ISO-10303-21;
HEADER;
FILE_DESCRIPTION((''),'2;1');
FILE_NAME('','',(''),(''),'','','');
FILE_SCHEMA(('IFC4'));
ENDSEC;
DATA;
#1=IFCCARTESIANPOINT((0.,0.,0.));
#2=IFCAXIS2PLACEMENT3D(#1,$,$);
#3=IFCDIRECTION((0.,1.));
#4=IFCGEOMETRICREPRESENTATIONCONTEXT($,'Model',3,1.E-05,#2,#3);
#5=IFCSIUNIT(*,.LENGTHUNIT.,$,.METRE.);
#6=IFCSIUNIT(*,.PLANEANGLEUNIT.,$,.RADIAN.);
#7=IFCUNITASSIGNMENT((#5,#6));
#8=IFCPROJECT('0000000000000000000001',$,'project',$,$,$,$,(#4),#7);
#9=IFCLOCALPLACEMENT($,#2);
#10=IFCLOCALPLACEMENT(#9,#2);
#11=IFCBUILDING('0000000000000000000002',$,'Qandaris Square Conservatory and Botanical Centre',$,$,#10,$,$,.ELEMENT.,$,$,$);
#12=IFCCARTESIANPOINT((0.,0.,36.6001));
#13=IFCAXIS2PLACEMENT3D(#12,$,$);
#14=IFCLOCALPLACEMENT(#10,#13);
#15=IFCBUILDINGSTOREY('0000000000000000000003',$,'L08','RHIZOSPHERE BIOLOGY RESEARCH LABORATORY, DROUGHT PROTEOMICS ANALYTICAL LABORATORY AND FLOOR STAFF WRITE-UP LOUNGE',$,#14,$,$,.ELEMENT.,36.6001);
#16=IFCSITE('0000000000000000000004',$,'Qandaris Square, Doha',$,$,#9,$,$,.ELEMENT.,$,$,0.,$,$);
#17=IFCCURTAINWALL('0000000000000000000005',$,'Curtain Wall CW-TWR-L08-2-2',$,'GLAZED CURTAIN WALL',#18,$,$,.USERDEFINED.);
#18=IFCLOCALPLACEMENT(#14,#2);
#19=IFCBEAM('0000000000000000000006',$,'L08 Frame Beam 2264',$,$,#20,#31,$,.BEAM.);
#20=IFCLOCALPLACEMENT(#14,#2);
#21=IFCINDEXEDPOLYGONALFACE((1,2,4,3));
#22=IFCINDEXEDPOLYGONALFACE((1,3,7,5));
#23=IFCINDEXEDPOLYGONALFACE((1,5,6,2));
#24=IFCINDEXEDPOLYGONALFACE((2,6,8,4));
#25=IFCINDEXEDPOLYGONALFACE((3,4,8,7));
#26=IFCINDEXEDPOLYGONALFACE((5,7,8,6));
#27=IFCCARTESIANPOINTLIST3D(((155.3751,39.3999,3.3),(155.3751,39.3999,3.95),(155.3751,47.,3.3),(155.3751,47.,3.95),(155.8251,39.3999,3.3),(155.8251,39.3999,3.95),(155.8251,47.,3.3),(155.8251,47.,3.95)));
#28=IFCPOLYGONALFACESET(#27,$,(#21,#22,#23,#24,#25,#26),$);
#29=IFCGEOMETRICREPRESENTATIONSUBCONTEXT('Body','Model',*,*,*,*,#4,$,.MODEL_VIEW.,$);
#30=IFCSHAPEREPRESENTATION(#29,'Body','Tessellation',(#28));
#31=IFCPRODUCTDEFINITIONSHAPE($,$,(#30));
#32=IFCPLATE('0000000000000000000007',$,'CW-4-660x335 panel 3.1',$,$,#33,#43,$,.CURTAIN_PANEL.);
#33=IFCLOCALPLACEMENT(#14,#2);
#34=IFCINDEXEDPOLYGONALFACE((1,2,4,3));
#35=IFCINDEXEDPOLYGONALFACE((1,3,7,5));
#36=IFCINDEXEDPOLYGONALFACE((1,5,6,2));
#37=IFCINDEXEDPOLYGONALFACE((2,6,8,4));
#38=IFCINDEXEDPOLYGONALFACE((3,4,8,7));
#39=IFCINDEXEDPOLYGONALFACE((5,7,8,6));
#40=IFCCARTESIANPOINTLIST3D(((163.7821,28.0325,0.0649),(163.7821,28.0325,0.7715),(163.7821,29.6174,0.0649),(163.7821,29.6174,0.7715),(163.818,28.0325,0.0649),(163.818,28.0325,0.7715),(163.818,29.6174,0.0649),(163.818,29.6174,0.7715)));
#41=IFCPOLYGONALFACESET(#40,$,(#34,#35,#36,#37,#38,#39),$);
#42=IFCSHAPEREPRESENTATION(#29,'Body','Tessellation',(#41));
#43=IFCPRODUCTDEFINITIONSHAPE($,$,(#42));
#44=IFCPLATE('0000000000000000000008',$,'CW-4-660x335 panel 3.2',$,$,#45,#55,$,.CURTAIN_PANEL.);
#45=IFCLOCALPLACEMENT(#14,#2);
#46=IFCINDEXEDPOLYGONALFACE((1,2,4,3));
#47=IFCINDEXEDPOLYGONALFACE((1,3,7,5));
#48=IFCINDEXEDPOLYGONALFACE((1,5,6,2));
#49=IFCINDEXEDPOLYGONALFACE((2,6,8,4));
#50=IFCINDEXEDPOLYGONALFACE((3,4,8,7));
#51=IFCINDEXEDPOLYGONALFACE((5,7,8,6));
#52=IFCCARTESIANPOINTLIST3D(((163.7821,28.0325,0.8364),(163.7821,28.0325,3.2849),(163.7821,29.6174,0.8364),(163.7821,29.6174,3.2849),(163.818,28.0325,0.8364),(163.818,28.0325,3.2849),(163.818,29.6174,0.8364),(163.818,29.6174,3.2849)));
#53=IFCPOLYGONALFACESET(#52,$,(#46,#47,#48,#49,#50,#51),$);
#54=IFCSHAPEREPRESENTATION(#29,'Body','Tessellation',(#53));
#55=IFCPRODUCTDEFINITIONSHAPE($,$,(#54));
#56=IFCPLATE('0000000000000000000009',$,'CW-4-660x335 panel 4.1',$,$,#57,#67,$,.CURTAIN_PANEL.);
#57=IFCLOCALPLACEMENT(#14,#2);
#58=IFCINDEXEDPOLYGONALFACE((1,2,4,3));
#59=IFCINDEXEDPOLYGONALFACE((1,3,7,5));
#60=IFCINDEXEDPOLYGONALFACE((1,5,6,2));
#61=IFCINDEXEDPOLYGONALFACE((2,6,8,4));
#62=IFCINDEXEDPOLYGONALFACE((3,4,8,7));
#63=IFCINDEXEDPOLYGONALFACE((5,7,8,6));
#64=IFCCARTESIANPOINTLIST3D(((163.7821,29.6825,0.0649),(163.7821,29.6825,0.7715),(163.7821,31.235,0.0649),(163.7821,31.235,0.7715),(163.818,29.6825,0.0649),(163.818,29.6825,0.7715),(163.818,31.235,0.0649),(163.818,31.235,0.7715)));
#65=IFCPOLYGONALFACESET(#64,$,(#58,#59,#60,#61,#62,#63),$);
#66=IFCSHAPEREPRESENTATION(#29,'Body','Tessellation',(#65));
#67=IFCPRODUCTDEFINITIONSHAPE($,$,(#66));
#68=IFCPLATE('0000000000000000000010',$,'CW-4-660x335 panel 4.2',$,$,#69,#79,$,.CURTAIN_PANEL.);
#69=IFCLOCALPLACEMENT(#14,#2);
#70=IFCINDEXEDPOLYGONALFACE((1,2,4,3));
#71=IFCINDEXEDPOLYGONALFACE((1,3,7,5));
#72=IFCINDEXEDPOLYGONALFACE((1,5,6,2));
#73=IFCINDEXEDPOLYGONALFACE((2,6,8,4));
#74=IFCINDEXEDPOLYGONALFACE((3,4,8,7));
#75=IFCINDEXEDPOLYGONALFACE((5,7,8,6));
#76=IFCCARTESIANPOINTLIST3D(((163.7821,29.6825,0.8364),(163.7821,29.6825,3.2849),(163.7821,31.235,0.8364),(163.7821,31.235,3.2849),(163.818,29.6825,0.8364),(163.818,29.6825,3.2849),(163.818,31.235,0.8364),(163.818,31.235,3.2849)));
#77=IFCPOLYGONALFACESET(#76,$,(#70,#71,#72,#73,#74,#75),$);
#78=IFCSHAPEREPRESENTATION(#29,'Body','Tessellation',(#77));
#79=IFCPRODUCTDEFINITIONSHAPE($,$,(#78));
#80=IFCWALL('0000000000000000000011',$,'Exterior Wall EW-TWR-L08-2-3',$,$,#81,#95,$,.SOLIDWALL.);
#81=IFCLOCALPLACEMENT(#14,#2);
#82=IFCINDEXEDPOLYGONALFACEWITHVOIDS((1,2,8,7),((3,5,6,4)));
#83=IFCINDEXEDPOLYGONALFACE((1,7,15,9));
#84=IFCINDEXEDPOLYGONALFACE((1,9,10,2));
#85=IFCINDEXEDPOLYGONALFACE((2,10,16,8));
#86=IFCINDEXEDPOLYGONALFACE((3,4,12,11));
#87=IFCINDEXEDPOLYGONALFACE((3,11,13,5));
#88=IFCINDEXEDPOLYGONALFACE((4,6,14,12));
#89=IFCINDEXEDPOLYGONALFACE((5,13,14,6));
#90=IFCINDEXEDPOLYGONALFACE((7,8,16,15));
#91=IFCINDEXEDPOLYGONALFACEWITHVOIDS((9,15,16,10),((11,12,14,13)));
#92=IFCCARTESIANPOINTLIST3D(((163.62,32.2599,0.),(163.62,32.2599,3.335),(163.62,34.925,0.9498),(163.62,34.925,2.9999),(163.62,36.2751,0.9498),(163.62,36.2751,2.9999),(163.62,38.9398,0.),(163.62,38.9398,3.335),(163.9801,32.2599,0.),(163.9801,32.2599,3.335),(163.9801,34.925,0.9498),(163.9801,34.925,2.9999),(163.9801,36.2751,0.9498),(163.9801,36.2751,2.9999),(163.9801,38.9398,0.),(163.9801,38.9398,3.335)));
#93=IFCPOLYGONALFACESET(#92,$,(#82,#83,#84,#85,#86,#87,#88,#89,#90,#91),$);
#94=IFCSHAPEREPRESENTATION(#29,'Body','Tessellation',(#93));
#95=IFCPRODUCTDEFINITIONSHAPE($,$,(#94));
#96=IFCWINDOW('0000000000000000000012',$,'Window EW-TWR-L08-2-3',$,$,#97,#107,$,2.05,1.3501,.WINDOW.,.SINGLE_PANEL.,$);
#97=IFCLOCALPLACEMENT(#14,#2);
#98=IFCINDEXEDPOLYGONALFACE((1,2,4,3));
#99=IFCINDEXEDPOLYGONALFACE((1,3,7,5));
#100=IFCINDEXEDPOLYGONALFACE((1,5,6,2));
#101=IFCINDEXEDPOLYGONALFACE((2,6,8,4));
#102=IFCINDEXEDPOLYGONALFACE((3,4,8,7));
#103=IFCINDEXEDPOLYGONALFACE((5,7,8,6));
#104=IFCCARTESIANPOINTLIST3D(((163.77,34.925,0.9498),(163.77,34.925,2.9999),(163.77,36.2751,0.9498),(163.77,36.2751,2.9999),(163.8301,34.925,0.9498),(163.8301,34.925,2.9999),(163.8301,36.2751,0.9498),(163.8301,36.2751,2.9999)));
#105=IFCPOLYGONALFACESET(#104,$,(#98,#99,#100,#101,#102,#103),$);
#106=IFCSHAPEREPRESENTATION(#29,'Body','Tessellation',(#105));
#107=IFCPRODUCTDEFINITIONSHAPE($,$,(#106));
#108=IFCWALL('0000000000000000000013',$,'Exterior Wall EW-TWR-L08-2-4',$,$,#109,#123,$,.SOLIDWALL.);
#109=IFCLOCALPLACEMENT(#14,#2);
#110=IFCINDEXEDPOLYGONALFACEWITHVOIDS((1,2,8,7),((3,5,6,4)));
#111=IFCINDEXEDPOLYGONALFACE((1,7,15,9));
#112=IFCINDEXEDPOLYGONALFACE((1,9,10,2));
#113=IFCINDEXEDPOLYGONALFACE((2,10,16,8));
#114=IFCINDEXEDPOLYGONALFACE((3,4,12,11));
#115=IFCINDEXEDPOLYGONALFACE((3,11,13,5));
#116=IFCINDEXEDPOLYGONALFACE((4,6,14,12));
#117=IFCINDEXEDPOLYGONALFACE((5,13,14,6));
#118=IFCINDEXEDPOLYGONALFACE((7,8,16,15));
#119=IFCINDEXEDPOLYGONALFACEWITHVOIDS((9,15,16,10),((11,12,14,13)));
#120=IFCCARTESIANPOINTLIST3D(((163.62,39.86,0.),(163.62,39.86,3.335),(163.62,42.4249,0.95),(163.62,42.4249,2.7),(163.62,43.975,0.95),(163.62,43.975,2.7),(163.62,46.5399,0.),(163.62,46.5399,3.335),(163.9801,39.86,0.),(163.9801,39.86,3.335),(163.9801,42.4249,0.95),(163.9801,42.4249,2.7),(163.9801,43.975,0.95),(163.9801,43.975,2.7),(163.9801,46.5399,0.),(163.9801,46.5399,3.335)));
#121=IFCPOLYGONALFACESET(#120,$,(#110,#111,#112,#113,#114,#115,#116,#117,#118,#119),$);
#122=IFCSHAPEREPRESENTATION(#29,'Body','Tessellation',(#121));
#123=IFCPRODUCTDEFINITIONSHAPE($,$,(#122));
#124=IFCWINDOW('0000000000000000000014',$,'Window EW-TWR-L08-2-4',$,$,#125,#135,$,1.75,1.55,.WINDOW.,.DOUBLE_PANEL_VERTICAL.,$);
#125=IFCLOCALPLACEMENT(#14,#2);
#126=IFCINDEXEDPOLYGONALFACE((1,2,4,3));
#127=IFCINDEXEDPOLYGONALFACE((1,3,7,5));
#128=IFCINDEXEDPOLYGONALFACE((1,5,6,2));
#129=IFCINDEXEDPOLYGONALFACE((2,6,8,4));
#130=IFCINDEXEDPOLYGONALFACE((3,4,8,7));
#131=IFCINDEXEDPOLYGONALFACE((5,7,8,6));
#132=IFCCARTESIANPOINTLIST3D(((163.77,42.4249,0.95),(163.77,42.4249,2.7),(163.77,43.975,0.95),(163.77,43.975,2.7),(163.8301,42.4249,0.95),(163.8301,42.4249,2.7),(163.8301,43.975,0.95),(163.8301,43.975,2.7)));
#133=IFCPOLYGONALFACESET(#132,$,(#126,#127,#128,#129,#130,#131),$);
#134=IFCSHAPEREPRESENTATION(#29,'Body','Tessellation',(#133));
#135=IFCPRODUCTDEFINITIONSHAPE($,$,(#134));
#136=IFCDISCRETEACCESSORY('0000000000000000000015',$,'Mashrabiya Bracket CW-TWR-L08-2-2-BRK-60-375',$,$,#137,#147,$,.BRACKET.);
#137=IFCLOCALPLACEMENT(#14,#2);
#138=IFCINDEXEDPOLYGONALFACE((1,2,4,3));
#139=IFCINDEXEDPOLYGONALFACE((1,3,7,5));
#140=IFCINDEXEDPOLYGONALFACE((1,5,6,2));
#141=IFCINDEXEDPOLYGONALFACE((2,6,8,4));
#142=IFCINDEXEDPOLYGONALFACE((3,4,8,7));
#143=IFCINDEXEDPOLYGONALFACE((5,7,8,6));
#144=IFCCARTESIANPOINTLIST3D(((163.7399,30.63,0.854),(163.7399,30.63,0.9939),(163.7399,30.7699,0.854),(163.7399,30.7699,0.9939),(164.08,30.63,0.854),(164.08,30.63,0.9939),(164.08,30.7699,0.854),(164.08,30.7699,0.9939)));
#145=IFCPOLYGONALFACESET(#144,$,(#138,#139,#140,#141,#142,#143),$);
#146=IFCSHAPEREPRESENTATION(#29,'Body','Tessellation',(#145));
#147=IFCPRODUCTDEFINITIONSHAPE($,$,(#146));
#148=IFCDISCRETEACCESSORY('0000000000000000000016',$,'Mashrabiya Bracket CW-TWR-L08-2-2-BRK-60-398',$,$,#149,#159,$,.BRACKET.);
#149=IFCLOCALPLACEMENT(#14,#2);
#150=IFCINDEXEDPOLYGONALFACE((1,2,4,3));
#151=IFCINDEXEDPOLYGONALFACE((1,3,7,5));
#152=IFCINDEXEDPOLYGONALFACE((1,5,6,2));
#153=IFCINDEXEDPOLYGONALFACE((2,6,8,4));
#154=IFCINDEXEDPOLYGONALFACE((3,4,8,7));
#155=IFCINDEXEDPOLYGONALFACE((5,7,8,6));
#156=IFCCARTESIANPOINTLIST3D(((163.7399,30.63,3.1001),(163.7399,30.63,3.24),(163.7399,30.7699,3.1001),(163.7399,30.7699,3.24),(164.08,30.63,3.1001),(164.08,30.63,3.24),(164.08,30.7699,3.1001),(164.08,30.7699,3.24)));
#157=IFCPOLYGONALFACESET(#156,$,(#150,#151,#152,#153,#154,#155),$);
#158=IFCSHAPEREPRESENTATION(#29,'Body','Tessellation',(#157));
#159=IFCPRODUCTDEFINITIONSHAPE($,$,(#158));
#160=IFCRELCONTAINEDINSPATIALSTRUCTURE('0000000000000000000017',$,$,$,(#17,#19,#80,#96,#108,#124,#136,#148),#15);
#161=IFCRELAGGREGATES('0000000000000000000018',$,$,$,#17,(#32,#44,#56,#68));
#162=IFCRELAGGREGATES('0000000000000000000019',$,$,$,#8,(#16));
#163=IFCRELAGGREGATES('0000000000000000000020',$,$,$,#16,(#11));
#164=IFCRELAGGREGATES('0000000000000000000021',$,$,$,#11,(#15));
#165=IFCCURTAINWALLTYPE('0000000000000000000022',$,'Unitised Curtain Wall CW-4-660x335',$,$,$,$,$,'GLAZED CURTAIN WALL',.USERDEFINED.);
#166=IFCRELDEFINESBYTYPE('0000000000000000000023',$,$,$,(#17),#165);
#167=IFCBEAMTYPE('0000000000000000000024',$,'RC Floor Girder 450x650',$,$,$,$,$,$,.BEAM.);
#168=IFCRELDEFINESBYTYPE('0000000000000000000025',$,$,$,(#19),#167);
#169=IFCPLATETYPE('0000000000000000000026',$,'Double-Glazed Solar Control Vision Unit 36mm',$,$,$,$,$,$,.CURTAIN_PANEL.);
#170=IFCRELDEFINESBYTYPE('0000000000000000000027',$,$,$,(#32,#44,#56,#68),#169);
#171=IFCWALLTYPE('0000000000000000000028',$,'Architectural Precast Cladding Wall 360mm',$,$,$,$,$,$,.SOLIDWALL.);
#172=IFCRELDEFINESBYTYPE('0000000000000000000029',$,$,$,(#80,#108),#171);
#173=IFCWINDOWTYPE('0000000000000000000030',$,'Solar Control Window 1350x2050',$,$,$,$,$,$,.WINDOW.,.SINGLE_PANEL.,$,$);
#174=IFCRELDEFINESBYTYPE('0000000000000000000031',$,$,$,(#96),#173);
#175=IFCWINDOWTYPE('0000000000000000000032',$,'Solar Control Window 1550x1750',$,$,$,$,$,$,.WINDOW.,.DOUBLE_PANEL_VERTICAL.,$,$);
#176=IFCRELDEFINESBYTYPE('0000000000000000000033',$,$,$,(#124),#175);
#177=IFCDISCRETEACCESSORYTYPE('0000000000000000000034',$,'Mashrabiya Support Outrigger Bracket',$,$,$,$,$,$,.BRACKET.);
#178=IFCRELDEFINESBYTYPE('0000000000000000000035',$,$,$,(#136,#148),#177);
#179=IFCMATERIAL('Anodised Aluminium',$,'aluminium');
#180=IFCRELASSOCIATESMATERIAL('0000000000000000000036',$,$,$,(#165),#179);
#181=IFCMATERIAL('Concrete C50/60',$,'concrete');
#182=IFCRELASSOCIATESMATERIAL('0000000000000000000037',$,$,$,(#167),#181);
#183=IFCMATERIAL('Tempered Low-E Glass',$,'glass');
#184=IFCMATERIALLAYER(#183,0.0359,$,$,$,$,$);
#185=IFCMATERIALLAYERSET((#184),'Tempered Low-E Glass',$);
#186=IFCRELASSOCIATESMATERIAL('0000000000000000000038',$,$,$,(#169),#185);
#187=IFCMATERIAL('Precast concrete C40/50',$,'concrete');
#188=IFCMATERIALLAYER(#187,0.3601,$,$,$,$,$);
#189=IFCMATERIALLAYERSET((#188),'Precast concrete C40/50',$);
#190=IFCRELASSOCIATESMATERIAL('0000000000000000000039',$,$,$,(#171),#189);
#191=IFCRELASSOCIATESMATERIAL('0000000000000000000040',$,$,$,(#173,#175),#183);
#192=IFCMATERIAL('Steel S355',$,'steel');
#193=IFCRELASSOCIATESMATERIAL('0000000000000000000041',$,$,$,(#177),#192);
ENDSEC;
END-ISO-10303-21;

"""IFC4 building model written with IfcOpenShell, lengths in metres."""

from ifc_helpers import new_model, si_unit, direction, frame, frame_2d, origin, origin_2d, place, context, subcontext, project, spatial, rectangle, extrude, material, layer, layer_set, material_profile, profile_set, type_object, element, fill, aggregate, save


model = new_model("IFC4")

# Units and contexts
model_context = context("Model", 3, precision=1e-05, world=origin(), true_north=direction((0.0, 1.0)))
body_context = subcontext(model_context, "Body", "Model", "MODEL_VIEW")
ifc_project = project(units=[si_unit("LENGTHUNIT", "METRE"), si_unit("PLANEANGLEUNIT", "RADIAN")], contexts=[model_context])

# Site, building, storey
site_placement = place(None, origin())
site = spatial("IfcSite", under=ifc_project, at=site_placement, Name="Qandaris Square, Doha", CompositionType="ELEMENT", RefElevation=0.0)
building_placement = place(site_placement, origin())
building = spatial("IfcBuilding", under=site, at=building_placement, Name="Qandaris Square Conservatory and Botanical Centre", CompositionType="ELEMENT")
storey_placement = place(building_placement, frame((0.0, 0.0, 36.6001)))
storey = spatial("IfcBuildingStorey", under=building, at=storey_placement, Name="L08", Description="RHIZOSPHERE BIOLOGY RESEARCH LABORATORY, DROUGHT PROTEOMICS ANALYTICAL LABORATORY AND FLOOR STAFF WRITE-UP LOUNGE", CompositionType="ELEMENT", Elevation=36.6001)

# Shared definitions
ifc_material_1 = material(Name="Concrete C50/60", Category="concrete")

# Shared definitions
ifc_material_2 = material(Name="Steel S355", Category="steel")

# Curtain wall
ifc_material_3 = material(Name="Anodised Aluminium", Category="aluminium")
curtain_wall_type = type_object("IfcCurtainWallType", Name="Unitised Curtain Wall CW-4-660x335", ElementType="GLAZED CURTAIN WALL", PredefinedType="USERDEFINED", material=ifc_material_3)
curtain_wall_placement = place(storey_placement, origin())
curtain_wall = element("IfcCurtainWall", 1, at=curtain_wall_placement, inside=storey, type_object=curtain_wall_type, Name="Curtain Wall CW-TWR-L08-2-2", ObjectType="GLAZED CURTAIN WALL", PredefinedType="USERDEFINED")

# Beam
ifc_material_profile_1 = material_profile(ifc_material_1, rectangle(XDim=0.45, YDim=0.6499, at=origin_2d()), Name="RC-BM 450x650")
ifc_profile_set_1 = profile_set([ifc_material_profile_1], Name="Concrete C50/60")
beam_type_1 = type_object("IfcBeamType", Name="RC Floor Girder 450x650", PredefinedType="BEAM", material=ifc_profile_set_1)
beam_1_placement = place(storey_placement, frame((155.6001, 39.3999, 3.625), z_axis=(0.0, 1.0, 0.0), x_axis=(-1.0, 0.0, 0.0)))
element("IfcBeam", 2, at=beam_1_placement, inside=storey, type_object=beam_type_1, Name="L08 Frame Beam 2264", PredefinedType="BEAM", context=body_context, shape_type="SweptSolid", body=[
    extrude(rectangle(XDim=0.45, YDim=0.6499, at=origin_2d()), origin(), (0.0, 0.0, 1.0), 7.6001),
])

# Plates
ifc_material_4 = material(Name="Tempered Low-E Glass", Category="glass")
ifc_layer_1 = layer(ifc_material_4, 0.0359)
ifc_layer_set_1 = layer_set([ifc_layer_1], Name="Tempered Low-E Glass")
plate_type = type_object("IfcPlateType", Name="Double-Glazed Solar Control Vision Unit 36mm", PredefinedType="CURTAIN_PANEL", material=ifc_layer_set_1)
plate_1_placement = place(storey_placement, frame((163.8, 28.825, 0.0649), z_axis=(0.0, 0.0, 1.0), x_axis=(0.0, 1.0, 0.0)))
plate_1 = element("IfcPlate", 3, at=plate_1_placement, type_object=plate_type, Name="CW-4-660x335 panel 3.1", PredefinedType="CURTAIN_PANEL", context=body_context, shape_type="SweptSolid", body=[
    extrude(rectangle(XDim=1.585, YDim=0.0359, at=origin_2d()), origin(), (0.0, 0.0, 1.0), 0.7065),
])
plate_2_placement = place(storey_placement, frame((163.8, 28.825, 0.8364), z_axis=(0.0, 0.0, 1.0), x_axis=(0.0, 1.0, 0.0)))
plate_2 = element("IfcPlate", 4, at=plate_2_placement, type_object=plate_type, Name="CW-4-660x335 panel 3.2", PredefinedType="CURTAIN_PANEL", context=body_context, shape_type="SweptSolid", body=[
    extrude(rectangle(XDim=1.585, YDim=0.0359, at=origin_2d()), origin(), (0.0, 0.0, 1.0), 2.4485),
])
plate_3_placement = place(storey_placement, frame((163.8, 30.4587, 0.0649), z_axis=(0.0, 0.0, 1.0), x_axis=(0.0, 1.0, 0.0)))
plate_3 = element("IfcPlate", 5, at=plate_3_placement, type_object=plate_type, Name="CW-4-660x335 panel 4.1", PredefinedType="CURTAIN_PANEL", context=body_context, shape_type="SweptSolid", body=[
    extrude(rectangle(XDim=1.5525, YDim=0.0359, at=origin_2d()), origin(), (0.0, 0.0, 1.0), 0.7065),
])
plate_4_placement = place(storey_placement, frame((163.8, 30.4587, 0.8364), z_axis=(0.0, 0.0, 1.0), x_axis=(0.0, 1.0, 0.0)))
plate_4 = element("IfcPlate", 6, at=plate_4_placement, type_object=plate_type, Name="CW-4-660x335 panel 4.2", PredefinedType="CURTAIN_PANEL", context=body_context, shape_type="SweptSolid", body=[
    extrude(rectangle(XDim=1.5525, YDim=0.0359, at=origin_2d()), origin(), (0.0, 0.0, 1.0), 2.4485),
])
aggregate(curtain_wall, [plate_1, plate_2, plate_3, plate_4])

# Walls, openings, windows
ifc_material_5 = material(Name="Precast concrete C40/50", Category="concrete")
ifc_layer_2 = layer(ifc_material_5, 0.3601)
ifc_layer_set_2 = layer_set([ifc_layer_2], Name="Precast concrete C40/50")
wall_type = type_object("IfcWallType", Name="Architectural Precast Cladding Wall 360mm", PredefinedType="SOLIDWALL", material=ifc_layer_set_2)
wall_1_placement = place(storey_placement, frame((163.8, 32.26, 0.0), z_axis=(0.0, 0.0, 1.0), x_axis=(0.0, 1.0, 0.0)))
wall_1 = element("IfcWall", 7, at=wall_1_placement, inside=storey, type_object=wall_type, Name="Exterior Wall EW-TWR-L08-2-3", PredefinedType="SOLIDWALL", context=body_context, shape_type="SweptSolid", body=[
    extrude(rectangle(XDim=6.6799, YDim=0.3601, at=frame_2d((3.3398, 0.0))), origin(), (0.0, 0.0, 1.0), 3.335),
])
opening_1_placement = place(wall_1_placement, frame((2.665, 0.0, 0.95)))
opening_1 = element("IfcOpeningElement", 8, at=opening_1_placement, cuts=wall_1, PredefinedType="OPENING", context=body_context, shape_type="SweptSolid", body=[
    extrude(rectangle(XDim=1.3501, YDim=2.05, at=frame_2d((0.675, 1.0249))), frame((0.0, 0.1919, 0.0), z_axis=(0.0, -1.0, 0.0), x_axis=(1.0, 0.0, 0.0)), (0.0, 0.0, 1.0), 0.384),
])
window_type_1 = type_object("IfcWindowType", Name="Solar Control Window 1350x2050", PartitioningType="SINGLE_PANEL", PredefinedType="WINDOW", material=ifc_material_4)
window_1_placement = place(opening_1_placement, origin())
window_1 = element("IfcWindow", 9, at=window_1_placement, inside=storey, type_object=window_type_1, Name="Window EW-TWR-L08-2-3", OverallHeight=2.05, OverallWidth=1.3501, PartitioningType="SINGLE_PANEL", PredefinedType="WINDOW", context=body_context, shape_type="SweptSolid", body=[
    extrude(rectangle(XDim=1.3501, YDim=2.05, at=frame_2d((0.675, 1.0249))), frame((0.0, 0.03, 0.0), z_axis=(0.0, -1.0, 0.0), x_axis=(1.0, 0.0, 0.0)), (0.0, 0.0, 1.0), 0.0601),
])
fill(opening_1, window_1)
wall_2_placement = place(storey_placement, frame((163.8, 39.8601, 0.0), z_axis=(0.0, 0.0, 1.0), x_axis=(0.0, 1.0, 0.0)))
wall_2 = element("IfcWall", 10, at=wall_2_placement, inside=storey, type_object=wall_type, Name="Exterior Wall EW-TWR-L08-2-4", PredefinedType="SOLIDWALL", context=body_context, shape_type="SweptSolid", body=[
    extrude(rectangle(XDim=6.6799, YDim=0.3601, at=frame_2d((3.3398, 0.0))), origin(), (0.0, 0.0, 1.0), 3.335),
])
opening_2_placement = place(wall_2_placement, frame((2.5649, 0.0, 0.95)))
opening_2 = element("IfcOpeningElement", 11, at=opening_2_placement, cuts=wall_2, PredefinedType="OPENING", context=body_context, shape_type="SweptSolid", body=[
    extrude(rectangle(XDim=1.55, YDim=1.75, at=frame_2d((0.7749, 0.875))), frame((0.0, 0.1919, 0.0), z_axis=(0.0, -1.0, 0.0), x_axis=(1.0, 0.0, 0.0)), (0.0, 0.0, 1.0), 0.384),
])
window_type_2 = type_object("IfcWindowType", Name="Solar Control Window 1550x1750", PartitioningType="DOUBLE_PANEL_VERTICAL", PredefinedType="WINDOW", material=ifc_material_4)
window_2_placement = place(opening_2_placement, origin())
window_2 = element("IfcWindow", 12, at=window_2_placement, inside=storey, type_object=window_type_2, Name="Window EW-TWR-L08-2-4", OverallHeight=1.75, OverallWidth=1.55, PartitioningType="DOUBLE_PANEL_VERTICAL", PredefinedType="WINDOW", context=body_context, shape_type="SweptSolid", body=[
    extrude(rectangle(XDim=1.55, YDim=1.75, at=frame_2d((0.7749, 0.875))), frame((0.0, 0.03, 0.0), z_axis=(0.0, -1.0, 0.0), x_axis=(1.0, 0.0, 0.0)), (0.0, 0.0, 1.0), 0.0601),
])
fill(opening_2, window_2)

# Discrete accessories
discrete_accessory_type = type_object("IfcDiscreteAccessoryType", Name="Mashrabiya Support Outrigger Bracket", PredefinedType="BRACKET", material=ifc_material_2)
for number, where, z_axis, x_axis, name in (
    (13, (163.9099, 30.7, 0.854), (0.0, 0.0, 1.0), (0.0, 1.0, 0.0), "Mashrabiya Bracket CW-TWR-L08-2-2-BRK-60-375"),
    (14, (163.9099, 30.7, 3.1001), (0.0, 0.0, 1.0), (0.0, 1.0, 0.0), "Mashrabiya Bracket CW-TWR-L08-2-2-BRK-60-398"),
):
    element("IfcDiscreteAccessory", number, at=place(storey_placement, frame(where, z_axis=z_axis, x_axis=x_axis)), inside=storey, type_object=discrete_accessory_type, Name=name, PredefinedType="BRACKET", context=body_context, shape_type="SweptSolid", body=[
        extrude(rectangle(XDim=0.1399, YDim=0.3401, at=origin_2d()), origin(), (0.0, 0.0, 1.0), 0.1399),
    ])

save(model, "model.ifc")
